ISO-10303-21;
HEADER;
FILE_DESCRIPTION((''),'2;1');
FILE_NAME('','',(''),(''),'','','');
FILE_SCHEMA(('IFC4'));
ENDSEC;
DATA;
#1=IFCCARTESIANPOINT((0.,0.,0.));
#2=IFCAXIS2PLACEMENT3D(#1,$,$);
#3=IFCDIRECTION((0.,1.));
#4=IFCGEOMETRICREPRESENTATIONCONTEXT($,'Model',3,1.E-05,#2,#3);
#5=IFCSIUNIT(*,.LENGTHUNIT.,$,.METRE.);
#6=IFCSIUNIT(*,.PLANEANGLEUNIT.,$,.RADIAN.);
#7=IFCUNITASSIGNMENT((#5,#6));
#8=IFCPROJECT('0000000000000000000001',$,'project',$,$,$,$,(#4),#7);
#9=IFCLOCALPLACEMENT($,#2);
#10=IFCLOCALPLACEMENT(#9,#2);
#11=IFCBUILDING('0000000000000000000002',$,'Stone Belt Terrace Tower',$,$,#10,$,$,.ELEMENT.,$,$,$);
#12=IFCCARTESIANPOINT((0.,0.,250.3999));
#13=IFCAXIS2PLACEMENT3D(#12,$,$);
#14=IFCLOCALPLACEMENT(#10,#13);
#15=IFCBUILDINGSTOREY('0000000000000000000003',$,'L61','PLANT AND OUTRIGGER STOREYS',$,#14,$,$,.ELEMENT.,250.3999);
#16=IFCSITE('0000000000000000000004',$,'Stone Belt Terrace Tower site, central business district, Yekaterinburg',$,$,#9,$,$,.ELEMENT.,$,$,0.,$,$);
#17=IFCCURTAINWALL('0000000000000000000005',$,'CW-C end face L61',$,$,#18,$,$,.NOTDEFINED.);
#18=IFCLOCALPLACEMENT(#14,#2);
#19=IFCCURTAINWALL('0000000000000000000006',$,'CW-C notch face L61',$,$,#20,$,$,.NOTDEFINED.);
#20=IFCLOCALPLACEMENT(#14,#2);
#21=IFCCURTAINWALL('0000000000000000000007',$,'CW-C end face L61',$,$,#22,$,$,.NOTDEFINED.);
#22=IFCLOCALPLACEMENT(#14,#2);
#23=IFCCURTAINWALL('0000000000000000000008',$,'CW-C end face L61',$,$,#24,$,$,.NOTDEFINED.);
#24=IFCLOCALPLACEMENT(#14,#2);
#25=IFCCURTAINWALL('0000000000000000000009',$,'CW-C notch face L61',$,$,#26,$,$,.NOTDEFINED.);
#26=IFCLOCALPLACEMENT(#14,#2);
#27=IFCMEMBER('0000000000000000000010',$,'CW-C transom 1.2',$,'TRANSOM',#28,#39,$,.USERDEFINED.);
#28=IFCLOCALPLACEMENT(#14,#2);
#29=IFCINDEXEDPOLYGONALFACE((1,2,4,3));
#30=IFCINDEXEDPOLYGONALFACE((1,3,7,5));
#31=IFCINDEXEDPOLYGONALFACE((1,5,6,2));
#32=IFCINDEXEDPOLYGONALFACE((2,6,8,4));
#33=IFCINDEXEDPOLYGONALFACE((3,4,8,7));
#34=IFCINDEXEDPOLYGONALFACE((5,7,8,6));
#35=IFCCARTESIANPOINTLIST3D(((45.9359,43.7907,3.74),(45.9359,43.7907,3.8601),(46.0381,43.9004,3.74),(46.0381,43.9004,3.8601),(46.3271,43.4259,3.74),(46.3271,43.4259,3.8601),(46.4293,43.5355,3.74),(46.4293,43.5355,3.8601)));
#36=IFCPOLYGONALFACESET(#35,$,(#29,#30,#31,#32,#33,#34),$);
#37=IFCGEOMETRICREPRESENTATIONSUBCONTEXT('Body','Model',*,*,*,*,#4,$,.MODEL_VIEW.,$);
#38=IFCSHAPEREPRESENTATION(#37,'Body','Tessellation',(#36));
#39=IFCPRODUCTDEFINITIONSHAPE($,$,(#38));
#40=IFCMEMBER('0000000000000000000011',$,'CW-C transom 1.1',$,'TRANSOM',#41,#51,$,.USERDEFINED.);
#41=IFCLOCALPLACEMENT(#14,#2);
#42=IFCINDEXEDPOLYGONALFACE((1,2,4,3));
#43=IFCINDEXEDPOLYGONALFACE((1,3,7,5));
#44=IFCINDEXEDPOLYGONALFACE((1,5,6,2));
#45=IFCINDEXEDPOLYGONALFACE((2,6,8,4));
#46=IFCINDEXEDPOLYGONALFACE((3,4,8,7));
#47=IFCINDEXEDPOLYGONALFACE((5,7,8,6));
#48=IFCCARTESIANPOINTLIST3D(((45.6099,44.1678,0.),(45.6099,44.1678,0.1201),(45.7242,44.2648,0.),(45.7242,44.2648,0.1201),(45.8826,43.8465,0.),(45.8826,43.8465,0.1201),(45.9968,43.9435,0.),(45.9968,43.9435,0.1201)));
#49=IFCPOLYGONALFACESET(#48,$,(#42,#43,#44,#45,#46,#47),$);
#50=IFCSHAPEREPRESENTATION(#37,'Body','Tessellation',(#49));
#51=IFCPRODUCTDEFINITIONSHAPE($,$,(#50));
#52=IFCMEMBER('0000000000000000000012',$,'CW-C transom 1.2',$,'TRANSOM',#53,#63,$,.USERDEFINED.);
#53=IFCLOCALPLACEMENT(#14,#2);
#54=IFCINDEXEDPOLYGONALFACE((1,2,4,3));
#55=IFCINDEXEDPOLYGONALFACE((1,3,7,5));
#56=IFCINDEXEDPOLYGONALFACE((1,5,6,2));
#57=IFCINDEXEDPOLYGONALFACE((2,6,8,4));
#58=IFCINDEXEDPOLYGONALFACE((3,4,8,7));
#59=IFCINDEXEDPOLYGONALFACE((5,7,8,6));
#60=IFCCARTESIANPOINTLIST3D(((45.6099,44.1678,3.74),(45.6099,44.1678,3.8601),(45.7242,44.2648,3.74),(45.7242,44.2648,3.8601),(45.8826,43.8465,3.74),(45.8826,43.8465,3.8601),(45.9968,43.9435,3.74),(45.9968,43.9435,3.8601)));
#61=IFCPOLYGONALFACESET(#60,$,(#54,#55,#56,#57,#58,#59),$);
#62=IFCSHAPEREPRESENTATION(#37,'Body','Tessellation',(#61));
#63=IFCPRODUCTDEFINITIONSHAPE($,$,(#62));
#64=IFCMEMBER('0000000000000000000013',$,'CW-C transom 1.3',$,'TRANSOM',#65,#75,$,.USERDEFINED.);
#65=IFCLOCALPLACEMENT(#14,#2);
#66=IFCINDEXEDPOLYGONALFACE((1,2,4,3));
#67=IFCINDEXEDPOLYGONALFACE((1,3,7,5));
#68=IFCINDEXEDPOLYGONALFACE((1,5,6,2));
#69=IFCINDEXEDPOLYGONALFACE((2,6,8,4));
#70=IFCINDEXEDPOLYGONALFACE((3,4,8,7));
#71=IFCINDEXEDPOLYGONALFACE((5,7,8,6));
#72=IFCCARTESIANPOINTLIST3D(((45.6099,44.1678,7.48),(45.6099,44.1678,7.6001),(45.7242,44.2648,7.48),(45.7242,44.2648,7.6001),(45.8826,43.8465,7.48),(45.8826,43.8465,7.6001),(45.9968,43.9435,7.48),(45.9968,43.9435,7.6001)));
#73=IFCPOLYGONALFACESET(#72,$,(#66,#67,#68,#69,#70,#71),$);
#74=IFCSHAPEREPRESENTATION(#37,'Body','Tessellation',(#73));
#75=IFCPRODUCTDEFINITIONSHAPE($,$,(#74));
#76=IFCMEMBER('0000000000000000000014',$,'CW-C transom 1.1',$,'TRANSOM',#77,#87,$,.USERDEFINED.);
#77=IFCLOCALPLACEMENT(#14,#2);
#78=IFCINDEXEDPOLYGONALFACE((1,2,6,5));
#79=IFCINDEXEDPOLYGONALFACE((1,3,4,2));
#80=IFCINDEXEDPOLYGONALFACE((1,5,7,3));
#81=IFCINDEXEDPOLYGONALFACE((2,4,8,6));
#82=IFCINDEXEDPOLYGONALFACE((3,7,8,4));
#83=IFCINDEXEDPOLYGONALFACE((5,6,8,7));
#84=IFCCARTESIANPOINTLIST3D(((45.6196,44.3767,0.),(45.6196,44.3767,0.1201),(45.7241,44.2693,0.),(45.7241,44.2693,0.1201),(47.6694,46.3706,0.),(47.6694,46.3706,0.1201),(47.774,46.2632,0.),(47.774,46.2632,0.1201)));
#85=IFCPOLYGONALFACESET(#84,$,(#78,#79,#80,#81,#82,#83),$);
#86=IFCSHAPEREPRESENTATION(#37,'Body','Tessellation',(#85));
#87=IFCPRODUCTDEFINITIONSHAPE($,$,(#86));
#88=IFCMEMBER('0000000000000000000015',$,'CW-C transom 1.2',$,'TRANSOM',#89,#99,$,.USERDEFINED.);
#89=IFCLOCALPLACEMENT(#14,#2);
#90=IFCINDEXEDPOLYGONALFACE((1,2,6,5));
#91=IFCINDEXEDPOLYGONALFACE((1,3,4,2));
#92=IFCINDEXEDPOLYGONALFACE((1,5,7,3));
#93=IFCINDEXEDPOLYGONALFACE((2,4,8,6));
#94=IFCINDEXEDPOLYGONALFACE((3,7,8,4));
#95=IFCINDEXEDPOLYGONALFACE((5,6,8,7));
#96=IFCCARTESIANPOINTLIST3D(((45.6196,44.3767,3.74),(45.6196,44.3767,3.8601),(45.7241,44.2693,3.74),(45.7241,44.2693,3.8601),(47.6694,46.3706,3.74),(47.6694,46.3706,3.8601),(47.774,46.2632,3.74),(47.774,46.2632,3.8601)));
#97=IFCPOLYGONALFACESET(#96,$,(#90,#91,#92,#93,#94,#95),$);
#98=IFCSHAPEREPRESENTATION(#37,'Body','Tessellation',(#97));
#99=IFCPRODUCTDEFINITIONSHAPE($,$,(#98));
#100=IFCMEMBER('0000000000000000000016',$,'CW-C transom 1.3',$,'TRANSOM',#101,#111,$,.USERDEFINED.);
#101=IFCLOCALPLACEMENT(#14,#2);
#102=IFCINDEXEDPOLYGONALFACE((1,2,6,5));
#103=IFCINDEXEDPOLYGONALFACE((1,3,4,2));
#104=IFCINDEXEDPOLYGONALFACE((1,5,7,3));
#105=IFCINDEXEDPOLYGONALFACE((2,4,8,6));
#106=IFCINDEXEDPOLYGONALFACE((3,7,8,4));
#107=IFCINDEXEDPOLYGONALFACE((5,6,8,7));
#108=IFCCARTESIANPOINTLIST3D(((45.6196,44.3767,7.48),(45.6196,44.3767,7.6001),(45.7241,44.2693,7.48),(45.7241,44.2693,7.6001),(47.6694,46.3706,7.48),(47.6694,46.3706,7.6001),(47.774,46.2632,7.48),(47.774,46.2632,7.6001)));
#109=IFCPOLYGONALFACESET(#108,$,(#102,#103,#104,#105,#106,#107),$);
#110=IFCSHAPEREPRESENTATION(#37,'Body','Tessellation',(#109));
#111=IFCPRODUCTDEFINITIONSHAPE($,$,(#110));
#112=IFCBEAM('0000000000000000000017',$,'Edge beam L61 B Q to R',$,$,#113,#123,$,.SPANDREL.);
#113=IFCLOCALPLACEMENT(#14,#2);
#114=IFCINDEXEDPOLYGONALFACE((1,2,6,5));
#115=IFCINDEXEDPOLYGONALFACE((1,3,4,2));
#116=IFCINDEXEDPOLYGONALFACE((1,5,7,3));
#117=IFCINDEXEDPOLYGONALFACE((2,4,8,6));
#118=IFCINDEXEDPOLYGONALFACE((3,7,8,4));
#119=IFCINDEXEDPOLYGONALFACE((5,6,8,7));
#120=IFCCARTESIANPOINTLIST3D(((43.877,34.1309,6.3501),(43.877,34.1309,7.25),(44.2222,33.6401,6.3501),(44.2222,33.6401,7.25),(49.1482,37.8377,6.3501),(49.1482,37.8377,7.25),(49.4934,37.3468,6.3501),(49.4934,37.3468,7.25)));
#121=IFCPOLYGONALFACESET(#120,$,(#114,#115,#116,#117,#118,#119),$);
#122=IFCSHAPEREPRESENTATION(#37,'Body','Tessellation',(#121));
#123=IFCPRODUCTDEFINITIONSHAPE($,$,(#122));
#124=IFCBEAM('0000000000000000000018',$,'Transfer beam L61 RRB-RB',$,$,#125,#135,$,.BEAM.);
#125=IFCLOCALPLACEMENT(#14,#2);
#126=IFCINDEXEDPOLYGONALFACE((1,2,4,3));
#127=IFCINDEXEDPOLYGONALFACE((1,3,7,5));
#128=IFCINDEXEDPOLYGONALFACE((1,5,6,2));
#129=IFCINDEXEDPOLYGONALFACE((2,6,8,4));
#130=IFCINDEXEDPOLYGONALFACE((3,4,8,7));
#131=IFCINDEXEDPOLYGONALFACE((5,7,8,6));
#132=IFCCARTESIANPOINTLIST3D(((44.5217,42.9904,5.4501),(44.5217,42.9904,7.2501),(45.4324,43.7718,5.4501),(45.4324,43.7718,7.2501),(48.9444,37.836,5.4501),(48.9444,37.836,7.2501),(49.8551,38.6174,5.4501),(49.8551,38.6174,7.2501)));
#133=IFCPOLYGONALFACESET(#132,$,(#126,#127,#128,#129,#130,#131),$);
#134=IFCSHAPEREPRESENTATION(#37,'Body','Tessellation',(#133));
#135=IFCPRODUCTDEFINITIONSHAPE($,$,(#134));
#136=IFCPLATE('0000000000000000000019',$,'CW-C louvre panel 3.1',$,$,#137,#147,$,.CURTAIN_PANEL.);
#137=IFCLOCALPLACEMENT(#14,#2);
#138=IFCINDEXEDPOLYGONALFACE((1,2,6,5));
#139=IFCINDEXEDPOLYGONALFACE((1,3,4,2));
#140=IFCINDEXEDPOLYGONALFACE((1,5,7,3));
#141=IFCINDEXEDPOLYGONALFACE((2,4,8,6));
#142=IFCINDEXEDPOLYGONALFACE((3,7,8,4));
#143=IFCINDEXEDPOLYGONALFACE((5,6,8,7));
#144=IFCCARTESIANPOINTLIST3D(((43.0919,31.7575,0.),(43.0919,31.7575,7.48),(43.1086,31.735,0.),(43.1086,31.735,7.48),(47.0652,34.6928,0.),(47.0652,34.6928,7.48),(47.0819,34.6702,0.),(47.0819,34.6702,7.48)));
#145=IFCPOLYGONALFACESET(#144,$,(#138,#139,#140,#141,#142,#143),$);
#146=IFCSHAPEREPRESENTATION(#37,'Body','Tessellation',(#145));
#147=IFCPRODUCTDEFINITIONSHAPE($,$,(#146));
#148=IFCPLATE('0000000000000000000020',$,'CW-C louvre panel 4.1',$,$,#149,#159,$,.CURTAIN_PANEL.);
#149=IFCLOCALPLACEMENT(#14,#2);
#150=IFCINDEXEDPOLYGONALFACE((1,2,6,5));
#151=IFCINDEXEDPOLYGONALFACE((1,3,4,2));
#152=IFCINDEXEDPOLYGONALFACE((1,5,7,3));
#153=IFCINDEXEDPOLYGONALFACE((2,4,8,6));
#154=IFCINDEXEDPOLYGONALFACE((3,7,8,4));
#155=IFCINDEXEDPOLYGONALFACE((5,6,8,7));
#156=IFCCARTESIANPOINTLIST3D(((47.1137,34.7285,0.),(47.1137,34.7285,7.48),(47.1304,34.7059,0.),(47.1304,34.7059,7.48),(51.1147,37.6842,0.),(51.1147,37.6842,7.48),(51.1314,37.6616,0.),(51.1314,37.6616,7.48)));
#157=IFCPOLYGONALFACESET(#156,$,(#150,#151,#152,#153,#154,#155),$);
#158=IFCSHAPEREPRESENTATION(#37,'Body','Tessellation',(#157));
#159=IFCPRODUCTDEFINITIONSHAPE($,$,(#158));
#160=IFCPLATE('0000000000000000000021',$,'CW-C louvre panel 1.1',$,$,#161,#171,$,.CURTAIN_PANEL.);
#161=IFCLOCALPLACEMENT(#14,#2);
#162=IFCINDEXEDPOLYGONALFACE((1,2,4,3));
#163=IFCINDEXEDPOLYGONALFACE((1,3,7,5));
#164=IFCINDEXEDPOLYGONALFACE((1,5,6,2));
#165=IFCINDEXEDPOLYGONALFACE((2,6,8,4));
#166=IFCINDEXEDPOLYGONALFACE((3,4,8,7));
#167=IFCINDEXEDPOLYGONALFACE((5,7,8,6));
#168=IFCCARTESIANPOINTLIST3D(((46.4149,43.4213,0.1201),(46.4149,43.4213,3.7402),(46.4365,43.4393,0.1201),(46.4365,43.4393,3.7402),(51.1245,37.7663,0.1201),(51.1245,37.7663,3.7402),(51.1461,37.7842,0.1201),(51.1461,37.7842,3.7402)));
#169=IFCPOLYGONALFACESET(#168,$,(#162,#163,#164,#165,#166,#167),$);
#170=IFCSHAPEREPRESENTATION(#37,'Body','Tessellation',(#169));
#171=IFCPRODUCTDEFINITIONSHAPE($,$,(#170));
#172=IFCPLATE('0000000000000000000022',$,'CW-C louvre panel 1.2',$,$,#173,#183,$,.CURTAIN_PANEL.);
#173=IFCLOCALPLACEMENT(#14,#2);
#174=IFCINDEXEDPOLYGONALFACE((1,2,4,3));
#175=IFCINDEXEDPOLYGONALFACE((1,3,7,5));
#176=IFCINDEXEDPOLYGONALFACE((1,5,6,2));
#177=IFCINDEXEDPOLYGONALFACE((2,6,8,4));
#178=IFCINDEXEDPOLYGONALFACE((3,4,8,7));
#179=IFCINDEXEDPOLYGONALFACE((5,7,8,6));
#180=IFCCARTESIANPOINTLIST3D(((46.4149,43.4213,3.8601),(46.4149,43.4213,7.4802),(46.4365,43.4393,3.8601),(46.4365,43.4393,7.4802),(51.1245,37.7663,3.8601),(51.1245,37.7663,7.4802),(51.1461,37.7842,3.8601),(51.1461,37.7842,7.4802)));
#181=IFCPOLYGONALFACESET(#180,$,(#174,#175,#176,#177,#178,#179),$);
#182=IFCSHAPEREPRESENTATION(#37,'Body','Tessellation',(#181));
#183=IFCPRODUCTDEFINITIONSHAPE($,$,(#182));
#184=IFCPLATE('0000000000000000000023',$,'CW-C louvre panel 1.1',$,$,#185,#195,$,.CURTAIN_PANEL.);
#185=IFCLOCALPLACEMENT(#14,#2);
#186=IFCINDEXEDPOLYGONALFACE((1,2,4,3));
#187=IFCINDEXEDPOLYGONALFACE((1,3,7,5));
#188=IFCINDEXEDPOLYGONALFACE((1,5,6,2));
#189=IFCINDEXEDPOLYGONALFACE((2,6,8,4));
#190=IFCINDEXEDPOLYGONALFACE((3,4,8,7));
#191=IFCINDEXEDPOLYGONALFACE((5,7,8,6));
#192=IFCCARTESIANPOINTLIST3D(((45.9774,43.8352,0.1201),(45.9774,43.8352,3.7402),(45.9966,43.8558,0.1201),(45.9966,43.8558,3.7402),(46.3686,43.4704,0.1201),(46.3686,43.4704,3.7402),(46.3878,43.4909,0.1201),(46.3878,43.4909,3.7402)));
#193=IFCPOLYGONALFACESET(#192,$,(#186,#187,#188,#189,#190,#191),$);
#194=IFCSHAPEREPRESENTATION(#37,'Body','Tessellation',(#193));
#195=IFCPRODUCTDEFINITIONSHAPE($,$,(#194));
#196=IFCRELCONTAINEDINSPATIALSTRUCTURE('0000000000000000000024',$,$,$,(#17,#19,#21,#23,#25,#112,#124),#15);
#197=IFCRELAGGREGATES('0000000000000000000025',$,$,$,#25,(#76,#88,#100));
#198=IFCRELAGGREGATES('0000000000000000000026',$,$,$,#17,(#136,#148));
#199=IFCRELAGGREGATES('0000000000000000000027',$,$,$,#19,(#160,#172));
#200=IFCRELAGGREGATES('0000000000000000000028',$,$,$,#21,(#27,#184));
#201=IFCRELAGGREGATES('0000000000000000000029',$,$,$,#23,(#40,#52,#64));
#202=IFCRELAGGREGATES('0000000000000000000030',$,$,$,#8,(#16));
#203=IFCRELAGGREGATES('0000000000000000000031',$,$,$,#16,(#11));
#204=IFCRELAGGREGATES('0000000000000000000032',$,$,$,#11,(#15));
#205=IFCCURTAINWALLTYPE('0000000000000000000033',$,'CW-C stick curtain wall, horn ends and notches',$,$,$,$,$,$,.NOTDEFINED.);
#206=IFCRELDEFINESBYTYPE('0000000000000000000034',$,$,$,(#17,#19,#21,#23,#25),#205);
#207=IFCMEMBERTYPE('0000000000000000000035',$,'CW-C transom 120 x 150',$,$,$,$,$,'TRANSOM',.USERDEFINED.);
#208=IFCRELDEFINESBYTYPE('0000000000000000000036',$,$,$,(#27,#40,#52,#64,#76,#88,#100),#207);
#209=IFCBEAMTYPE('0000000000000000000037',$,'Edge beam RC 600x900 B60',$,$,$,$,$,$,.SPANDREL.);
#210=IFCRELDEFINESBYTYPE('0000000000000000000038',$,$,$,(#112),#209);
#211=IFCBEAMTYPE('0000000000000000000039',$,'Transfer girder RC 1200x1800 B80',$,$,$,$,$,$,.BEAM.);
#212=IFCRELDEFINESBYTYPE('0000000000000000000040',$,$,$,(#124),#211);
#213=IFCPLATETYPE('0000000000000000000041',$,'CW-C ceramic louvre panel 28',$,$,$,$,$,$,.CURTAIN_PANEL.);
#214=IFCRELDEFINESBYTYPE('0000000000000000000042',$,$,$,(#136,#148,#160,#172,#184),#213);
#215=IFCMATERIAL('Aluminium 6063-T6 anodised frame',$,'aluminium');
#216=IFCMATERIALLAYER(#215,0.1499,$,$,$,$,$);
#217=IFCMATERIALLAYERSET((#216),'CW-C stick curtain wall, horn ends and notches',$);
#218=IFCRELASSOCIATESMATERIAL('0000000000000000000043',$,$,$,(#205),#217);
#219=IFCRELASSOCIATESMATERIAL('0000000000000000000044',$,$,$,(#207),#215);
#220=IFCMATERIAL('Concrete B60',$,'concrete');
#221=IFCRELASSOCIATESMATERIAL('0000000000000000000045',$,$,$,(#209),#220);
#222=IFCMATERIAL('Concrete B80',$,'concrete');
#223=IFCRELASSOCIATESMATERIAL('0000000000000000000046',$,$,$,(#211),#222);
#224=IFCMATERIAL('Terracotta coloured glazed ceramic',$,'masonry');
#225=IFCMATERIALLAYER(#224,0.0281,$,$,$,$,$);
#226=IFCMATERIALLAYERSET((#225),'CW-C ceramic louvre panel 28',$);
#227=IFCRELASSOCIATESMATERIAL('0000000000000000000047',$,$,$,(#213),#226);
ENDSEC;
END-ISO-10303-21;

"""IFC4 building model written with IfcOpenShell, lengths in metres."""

from ifc_helpers import new_model, si_unit, direction, frame, origin, origin_2d, place, context, subcontext, project, spatial, rectangle, extrude, material, layer, layer_set, material_profile, profile_set, type_object, element, aggregate, save


model = new_model("IFC4")

# Units and contexts
model_context = context("Model", 3, precision=1e-05, world=origin(), true_north=direction((0.0, 1.0)))
body_context = subcontext(model_context, "Body", "Model", "MODEL_VIEW")
ifc_project = project(units=[si_unit("LENGTHUNIT", "METRE"), si_unit("PLANEANGLEUNIT", "RADIAN")], contexts=[model_context])

# Site, building, storey
site_placement = place(None, origin())
site = spatial("IfcSite", under=ifc_project, at=site_placement, Name="Stone Belt Terrace Tower site, central business district, Yekaterinburg", CompositionType="ELEMENT", RefElevation=0.0)
building_placement = place(site_placement, origin())
building = spatial("IfcBuilding", under=site, at=building_placement, Name="Stone Belt Terrace Tower", CompositionType="ELEMENT")
storey_placement = place(building_placement, frame((0.0, 0.0, 250.3999)))
storey = spatial("IfcBuildingStorey", under=building, at=storey_placement, Name="L61", Description="PLANT AND OUTRIGGER STOREYS", CompositionType="ELEMENT", Elevation=250.3999)

# Shared definitions
ifc_material_1 = material(Name="Concrete B60", Category="concrete")

# Curtain wall
ifc_material_2 = material(Name="Aluminium 6063-T6 anodised frame", Category="aluminium")
ifc_layer_1 = layer(ifc_material_2, 0.1499)
ifc_layer_set_1 = layer_set([ifc_layer_1], Name="CW-C stick curtain wall, horn ends and notches")
curtain_wall_type = type_object("IfcCurtainWallType", Name="CW-C stick curtain wall, horn ends and notches", PredefinedType="NOTDEFINED", material=ifc_layer_set_1)
curtain_wall_1_placement = place(storey_placement, origin())
curtain_wall_1 = element("IfcCurtainWall", 1, at=curtain_wall_1_placement, inside=storey, type_object=curtain_wall_type, Name="CW-C end face L61", PredefinedType="NOTDEFINED")

# Curtain walls
curtain_wall_2_placement = place(storey_placement, origin())
curtain_wall_2 = element("IfcCurtainWall", 2, at=curtain_wall_2_placement, inside=storey, type_object=curtain_wall_type, Name="CW-C notch face L61", PredefinedType="NOTDEFINED")
curtain_wall_3_placement = place(storey_placement, origin())
curtain_wall_3 = element("IfcCurtainWall", 3, at=curtain_wall_3_placement, inside=storey, type_object=curtain_wall_type, Name="CW-C end face L61", PredefinedType="NOTDEFINED")
curtain_wall_4_placement = place(storey_placement, origin())
curtain_wall_4 = element("IfcCurtainWall", 4, at=curtain_wall_4_placement, inside=storey, type_object=curtain_wall_type, Name="CW-C end face L61", PredefinedType="NOTDEFINED")
curtain_wall_5_placement = place(storey_placement, origin())
curtain_wall_5 = element("IfcCurtainWall", 5, at=curtain_wall_5_placement, inside=storey, type_object=curtain_wall_type, Name="CW-C notch face L61", PredefinedType="NOTDEFINED")

# Members
ifc_material_profile_1 = material_profile(ifc_material_2, rectangle(XDim=0.1499, YDim=0.1201, at=origin_2d()), Name="Aluminium 6063-T6 150x120")
ifc_profile_set_1 = profile_set([ifc_material_profile_1], Name="Aluminium 6063-T6 anodised frame")
member_type_1 = type_object("IfcMemberType", Name="CW-C transom 120 x 150", ElementType="TRANSOM", PredefinedType="USERDEFINED", material=ifc_profile_set_1)
member_1_placement = place(storey_placement, frame((46.3782, 43.4807, 3.8), z_axis=(-0.731328, 0.682025, 0.0), x_axis=(-0.682025, -0.731328, 0.0)))
member_1 = element("IfcMember", 6, at=member_1_placement, type_object=member_type_1, Name="CW-C transom 1.2", ObjectType="TRANSOM", PredefinedType="USERDEFINED", context=body_context, shape_type="SweptSolid", body=[
    extrude(rectangle(XDim=0.1499, YDim=0.1201, at=origin_2d()), origin(), (0.0, 0.0, 1.0), 0.5349),
])
member_2_placement = place(storey_placement, frame((45.9397, 43.895, 0.0601), z_axis=(-0.64711, 0.762397, 0.0), x_axis=(-0.762397, -0.64711, 0.0)))
member_2 = element("IfcMember", 7, at=member_2_placement, type_object=member_type_1, Name="CW-C transom 1.1", ObjectType="TRANSOM", PredefinedType="USERDEFINED", context=body_context, shape_type="SweptSolid", body=[
    extrude(rectangle(XDim=0.1499, YDim=0.1201, at=origin_2d()), origin(), (0.0, 0.0, 1.0), 0.4214),
])
member_3_placement = place(storey_placement, frame((45.9397, 43.895, 3.8), z_axis=(-0.64711, 0.762397, 0.0), x_axis=(-0.762397, -0.64711, 0.0)))
member_3 = element("IfcMember", 8, at=member_3_placement, type_object=member_type_1, Name="CW-C transom 1.2", ObjectType="TRANSOM", PredefinedType="USERDEFINED", context=body_context, shape_type="SweptSolid", body=[
    extrude(rectangle(XDim=0.1499, YDim=0.1201, at=origin_2d()), origin(), (0.0, 0.0, 1.0), 0.4214),
])
member_4_placement = place(storey_placement, frame((45.9397, 43.895, 7.54), z_axis=(-0.64711, 0.762397, 0.0), x_axis=(-0.762397, -0.64711, 0.0)))
member_4 = element("IfcMember", 9, at=member_4_placement, type_object=member_type_1, Name="CW-C transom 1.3", ObjectType="TRANSOM", PredefinedType="USERDEFINED", context=body_context, shape_type="SweptSolid", body=[
    extrude(rectangle(XDim=0.1499, YDim=0.1201, at=origin_2d()), origin(), (0.0, 0.0, 1.0), 0.4214),
])
member_5_placement = place(storey_placement, frame((45.6719, 44.323, 0.0601), z_axis=(0.716815, 0.697264, 0.0), x_axis=(-0.697264, 0.716815, 0.0)))
member_5 = element("IfcMember", 10, at=member_5_placement, type_object=member_type_1, Name="CW-C transom 1.1", ObjectType="TRANSOM", PredefinedType="USERDEFINED", context=body_context, shape_type="SweptSolid", body=[
    extrude(rectangle(XDim=0.1499, YDim=0.1201, at=origin_2d()), origin(), (0.0, 0.0, 1.0), 2.8596),
])
member_6_placement = place(storey_placement, frame((45.6719, 44.323, 3.8), z_axis=(0.716815, 0.697264, 0.0), x_axis=(-0.697264, 0.716815, 0.0)))
member_6 = element("IfcMember", 11, at=member_6_placement, type_object=member_type_1, Name="CW-C transom 1.2", ObjectType="TRANSOM", PredefinedType="USERDEFINED", context=body_context, shape_type="SweptSolid", body=[
    extrude(rectangle(XDim=0.1499, YDim=0.1201, at=origin_2d()), origin(), (0.0, 0.0, 1.0), 2.8596),
])
member_7_placement = place(storey_placement, frame((45.6719, 44.323, 7.54), z_axis=(0.716815, 0.697264, 0.0), x_axis=(-0.697264, 0.716815, 0.0)))
member_7 = element("IfcMember", 12, at=member_7_placement, type_object=member_type_1, Name="CW-C transom 1.3", ObjectType="TRANSOM", PredefinedType="USERDEFINED", context=body_context, shape_type="SweptSolid", body=[
    extrude(rectangle(XDim=0.1499, YDim=0.1201, at=origin_2d()), origin(), (0.0, 0.0, 1.0), 2.8596),
])
aggregate(curtain_wall_5, [member_5, member_6, member_7])

# Beams
ifc_material_profile_2 = material_profile(ifc_material_1, rectangle(XDim=0.6001, YDim=0.8999, at=origin_2d()), Name="RC 600x900")
ifc_profile_set_2 = profile_set([ifc_material_profile_2], Name="Concrete B60")
beam_type_1 = type_object("IfcBeamType", Name="Edge beam RC 600x900 B60", PredefinedType="SPANDREL", material=ifc_profile_set_2)
beam_1_placement = place(storey_placement, frame((44.0496, 33.8855, 6.8), z_axis=(0.817997, 0.575223, 0.0), x_axis=(-0.575223, 0.817997, 0.0)))
element("IfcBeam", 13, at=beam_1_placement, inside=storey, type_object=beam_type_1, Name="Edge beam L61 B Q to R", PredefinedType="SPANDREL", context=body_context, shape_type="SweptSolid", body=[
    extrude(rectangle(XDim=0.6001, YDim=0.8999, at=origin_2d()), origin(), (0.0, 0.0, 1.0), 6.4441),
])
ifc_material_3 = material(Name="Concrete B80", Category="concrete")
ifc_material_profile_3 = material_profile(ifc_material_3, rectangle(XDim=1.2, YDim=1.8, at=origin_2d()), Name="RC 1200x1800")
ifc_profile_set_3 = profile_set([ifc_material_profile_3], Name="Concrete B80")
beam_type_2 = type_object("IfcBeamType", Name="Transfer girder RC 1200x1800 B80", PredefinedType="BEAM", material=ifc_profile_set_3)
beam_2_placement = place(storey_placement, frame((44.9771, 43.3811, 6.3501), z_axis=(0.651185, -0.758919, 0.0), x_axis=(0.758919, 0.651185, 0.0)))
element("IfcBeam", 14, at=beam_2_placement, inside=storey, type_object=beam_type_2, Name="Transfer beam L61 RRB-RB", PredefinedType="BEAM", context=body_context, shape_type="SweptSolid", body=[
    extrude(rectangle(XDim=1.2, YDim=1.8, at=origin_2d()), origin(), (0.0, 0.0, 1.0), 6.7917),
])

# Plates
ifc_material_4 = material(Name="Terracotta coloured glazed ceramic", Category="masonry")
ifc_layer_2 = layer(ifc_material_4, 0.0281)
ifc_layer_set_2 = layer_set([ifc_layer_2], Name="CW-C ceramic louvre panel 28")
plate_type = type_object("IfcPlateType", Name="CW-C ceramic louvre panel 28", PredefinedType="CURTAIN_PANEL", material=ifc_layer_set_2)
plate_1_placement = place(storey_placement, frame((45.0869, 33.2139, 0.0), z_axis=(0.0, 0.0, 1.0), x_axis=(0.804329, 0.594184, 0.0)))
plate_1 = element("IfcPlate", 15, at=plate_1_placement, type_object=plate_type, Name="CW-C louvre panel 3.1", PredefinedType="CURTAIN_PANEL", context=body_context, shape_type="SweptSolid", body=[
    extrude(rectangle(XDim=4.9399, YDim=0.0281, at=origin_2d()), origin(), (0.0, 0.0, 1.0), 7.48),
])
plate_2_placement = place(storey_placement, frame((49.1226, 36.1951, 0.0), z_axis=(0.0, 0.0, 1.0), x_axis=(0.804329, 0.594184, 0.0)))
plate_2 = element("IfcPlate", 16, at=plate_2_placement, type_object=plate_type, Name="CW-C louvre panel 4.1", PredefinedType="CURTAIN_PANEL", context=body_context, shape_type="SweptSolid", body=[
    extrude(rectangle(XDim=4.9744, YDim=0.0281, at=origin_2d()), origin(), (0.0, 0.0, 1.0), 7.48),
])
aggregate(curtain_wall_1, [plate_1, plate_2])
plate_3_placement = place(storey_placement, frame((48.7805, 40.6028, 0.1201), z_axis=(0.0, 0.0, 1.0), x_axis=(-0.63995, 0.768417, 0.0)))
plate_3 = element("IfcPlate", 17, at=plate_3_placement, type_object=plate_type, Name="CW-C louvre panel 1.1", PredefinedType="CURTAIN_PANEL", context=body_context, shape_type="SweptSolid", body=[
    extrude(rectangle(XDim=7.3594, YDim=0.0281, at=origin_2d()), origin(), (0.0, 0.0, 1.0), 3.6201),
])
plate_4_placement = place(storey_placement, frame((48.7805, 40.6028, 3.8601), z_axis=(0.0, 0.0, 1.0), x_axis=(-0.63995, 0.768417, 0.0)))
plate_4 = element("IfcPlate", 18, at=plate_4_placement, type_object=plate_type, Name="CW-C louvre panel 1.2", PredefinedType="CURTAIN_PANEL", context=body_context, shape_type="SweptSolid", body=[
    extrude(rectangle(XDim=7.3594, YDim=0.0281, at=origin_2d()), origin(), (0.0, 0.0, 1.0), 3.6201),
])
aggregate(curtain_wall_2, [plate_3, plate_4])
plate_5_placement = place(storey_placement, frame((46.1826, 43.6631, 0.1201), z_axis=(0.0, 0.0, 1.0), x_axis=(-0.731339, 0.682014, 0.0)))
plate_5 = element("IfcPlate", 19, at=plate_5_placement, type_object=plate_type, Name="CW-C louvre panel 1.1", PredefinedType="CURTAIN_PANEL", context=body_context, shape_type="SweptSolid", body=[
    extrude(rectangle(XDim=0.5349, YDim=0.0281, at=origin_2d()), origin(), (0.0, 0.0, 1.0), 3.6201),
])
aggregate(curtain_wall_3, [member_1, plate_5])
aggregate(curtain_wall_4, [member_2, member_3, member_4])

save(model, "model.ifc")
